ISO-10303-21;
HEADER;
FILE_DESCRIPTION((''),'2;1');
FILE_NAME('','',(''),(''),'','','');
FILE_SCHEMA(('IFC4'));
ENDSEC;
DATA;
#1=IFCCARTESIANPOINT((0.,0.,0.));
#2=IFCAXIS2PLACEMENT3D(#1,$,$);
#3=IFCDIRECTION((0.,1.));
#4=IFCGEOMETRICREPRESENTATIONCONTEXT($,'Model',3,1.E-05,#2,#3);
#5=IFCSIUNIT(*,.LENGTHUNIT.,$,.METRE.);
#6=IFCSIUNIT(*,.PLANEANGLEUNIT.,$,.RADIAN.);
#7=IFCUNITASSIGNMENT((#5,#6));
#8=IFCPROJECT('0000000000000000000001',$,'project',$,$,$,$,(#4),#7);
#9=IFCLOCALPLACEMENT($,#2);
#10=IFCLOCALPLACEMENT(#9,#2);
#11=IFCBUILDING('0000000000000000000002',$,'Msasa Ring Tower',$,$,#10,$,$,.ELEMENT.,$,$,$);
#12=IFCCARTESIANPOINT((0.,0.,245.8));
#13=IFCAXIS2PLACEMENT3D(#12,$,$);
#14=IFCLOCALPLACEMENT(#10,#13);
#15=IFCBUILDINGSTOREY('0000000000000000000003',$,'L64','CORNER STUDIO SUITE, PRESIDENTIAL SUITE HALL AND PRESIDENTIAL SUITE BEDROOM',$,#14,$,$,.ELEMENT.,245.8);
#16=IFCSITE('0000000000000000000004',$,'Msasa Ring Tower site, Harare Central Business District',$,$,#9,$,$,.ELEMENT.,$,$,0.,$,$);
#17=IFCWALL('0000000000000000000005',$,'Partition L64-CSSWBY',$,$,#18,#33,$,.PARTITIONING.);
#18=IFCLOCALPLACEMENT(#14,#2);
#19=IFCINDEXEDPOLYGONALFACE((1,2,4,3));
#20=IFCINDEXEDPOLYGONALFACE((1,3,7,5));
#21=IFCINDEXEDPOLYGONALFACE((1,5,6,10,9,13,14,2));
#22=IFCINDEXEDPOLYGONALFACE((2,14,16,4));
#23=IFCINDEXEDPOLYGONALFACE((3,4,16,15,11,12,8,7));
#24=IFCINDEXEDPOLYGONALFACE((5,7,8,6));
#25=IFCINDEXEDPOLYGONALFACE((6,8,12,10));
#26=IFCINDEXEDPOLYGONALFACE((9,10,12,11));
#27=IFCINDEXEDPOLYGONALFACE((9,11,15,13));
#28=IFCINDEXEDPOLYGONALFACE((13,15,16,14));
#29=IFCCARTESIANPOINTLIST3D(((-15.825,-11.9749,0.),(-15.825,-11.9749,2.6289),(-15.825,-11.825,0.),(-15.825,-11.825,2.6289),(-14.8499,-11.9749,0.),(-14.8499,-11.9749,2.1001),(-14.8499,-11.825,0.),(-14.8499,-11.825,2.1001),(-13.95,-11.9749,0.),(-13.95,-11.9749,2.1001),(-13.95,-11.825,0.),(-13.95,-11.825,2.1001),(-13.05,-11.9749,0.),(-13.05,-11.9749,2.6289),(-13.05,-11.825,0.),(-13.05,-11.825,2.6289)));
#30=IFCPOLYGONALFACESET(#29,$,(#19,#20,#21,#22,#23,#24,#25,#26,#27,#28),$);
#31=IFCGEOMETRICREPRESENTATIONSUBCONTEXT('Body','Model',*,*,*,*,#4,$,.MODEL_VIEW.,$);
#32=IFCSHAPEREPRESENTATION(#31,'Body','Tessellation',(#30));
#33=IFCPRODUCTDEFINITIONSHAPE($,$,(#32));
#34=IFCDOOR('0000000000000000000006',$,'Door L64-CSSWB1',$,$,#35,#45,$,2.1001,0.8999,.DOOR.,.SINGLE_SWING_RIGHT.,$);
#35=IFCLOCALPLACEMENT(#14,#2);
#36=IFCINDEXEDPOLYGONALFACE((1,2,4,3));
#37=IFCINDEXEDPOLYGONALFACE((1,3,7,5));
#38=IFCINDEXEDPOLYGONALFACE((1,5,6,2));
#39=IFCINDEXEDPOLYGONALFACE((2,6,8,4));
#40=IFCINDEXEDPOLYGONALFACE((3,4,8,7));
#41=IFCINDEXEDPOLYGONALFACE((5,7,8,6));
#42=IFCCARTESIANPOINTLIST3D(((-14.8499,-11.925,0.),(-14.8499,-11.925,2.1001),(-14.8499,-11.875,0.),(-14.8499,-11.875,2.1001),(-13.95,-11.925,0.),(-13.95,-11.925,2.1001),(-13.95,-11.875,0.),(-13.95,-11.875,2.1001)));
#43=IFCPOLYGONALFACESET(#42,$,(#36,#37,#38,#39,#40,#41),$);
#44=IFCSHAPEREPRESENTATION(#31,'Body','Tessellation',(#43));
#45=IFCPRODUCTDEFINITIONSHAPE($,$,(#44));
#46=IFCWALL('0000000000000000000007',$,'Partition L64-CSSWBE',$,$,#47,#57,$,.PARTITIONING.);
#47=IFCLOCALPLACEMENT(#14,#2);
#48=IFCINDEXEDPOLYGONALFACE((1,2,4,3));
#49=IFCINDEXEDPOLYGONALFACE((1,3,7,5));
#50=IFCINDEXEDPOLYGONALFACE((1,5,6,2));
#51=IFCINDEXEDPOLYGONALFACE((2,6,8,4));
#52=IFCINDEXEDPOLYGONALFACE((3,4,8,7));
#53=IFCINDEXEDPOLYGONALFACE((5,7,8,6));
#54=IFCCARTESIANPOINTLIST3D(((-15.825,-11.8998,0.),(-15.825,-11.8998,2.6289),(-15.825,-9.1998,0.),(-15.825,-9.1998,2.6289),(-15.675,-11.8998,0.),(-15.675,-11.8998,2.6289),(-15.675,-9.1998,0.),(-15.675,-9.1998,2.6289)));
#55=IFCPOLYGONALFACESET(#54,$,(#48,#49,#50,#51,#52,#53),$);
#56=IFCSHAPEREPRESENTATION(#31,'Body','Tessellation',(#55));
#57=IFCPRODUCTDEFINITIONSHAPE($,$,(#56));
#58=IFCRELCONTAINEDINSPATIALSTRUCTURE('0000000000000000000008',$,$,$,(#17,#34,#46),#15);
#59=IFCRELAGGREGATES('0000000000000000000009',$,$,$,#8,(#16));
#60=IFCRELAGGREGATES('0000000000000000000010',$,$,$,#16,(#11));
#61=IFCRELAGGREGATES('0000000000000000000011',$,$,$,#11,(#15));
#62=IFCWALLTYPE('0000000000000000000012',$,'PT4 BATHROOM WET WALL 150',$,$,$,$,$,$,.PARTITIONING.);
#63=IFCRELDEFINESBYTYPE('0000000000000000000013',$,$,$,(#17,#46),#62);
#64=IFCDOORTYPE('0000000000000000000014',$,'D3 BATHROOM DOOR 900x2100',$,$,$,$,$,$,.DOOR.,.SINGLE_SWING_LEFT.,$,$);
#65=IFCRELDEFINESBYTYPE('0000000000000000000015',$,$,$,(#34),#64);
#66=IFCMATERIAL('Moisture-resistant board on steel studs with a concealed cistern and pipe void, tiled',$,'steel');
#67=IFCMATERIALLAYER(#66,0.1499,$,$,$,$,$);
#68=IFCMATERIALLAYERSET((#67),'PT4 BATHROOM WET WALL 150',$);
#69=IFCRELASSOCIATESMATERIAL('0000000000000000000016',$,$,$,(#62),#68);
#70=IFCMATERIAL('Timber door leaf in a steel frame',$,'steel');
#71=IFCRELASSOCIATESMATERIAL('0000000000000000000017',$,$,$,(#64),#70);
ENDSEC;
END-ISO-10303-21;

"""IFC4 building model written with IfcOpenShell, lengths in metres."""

from ifc_helpers import new_model, si_unit, direction, frame, frame_2d, origin, place, context, subcontext, project, spatial, rectangle, extrude, material, layer, layer_set, type_object, element, fill, save


model = new_model("IFC4")

# Units and contexts
model_context = context("Model", 3, precision=1e-05, world=origin(), true_north=direction((0.0, 1.0)))
body_context = subcontext(model_context, "Body", "Model", "MODEL_VIEW")
ifc_project = project(units=[si_unit("LENGTHUNIT", "METRE"), si_unit("PLANEANGLEUNIT", "RADIAN")], contexts=[model_context])

# Site, building, storey
site_placement = place(None, origin())
site = spatial("IfcSite", under=ifc_project, at=site_placement, Name="Msasa Ring Tower site, Harare Central Business District", CompositionType="ELEMENT", RefElevation=0.0)
building_placement = place(site_placement, origin())
building = spatial("IfcBuilding", under=site, at=building_placement, Name="Msasa Ring Tower", CompositionType="ELEMENT")
storey_placement = place(building_placement, frame((0.0, 0.0, 245.8)))
storey = spatial("IfcBuildingStorey", under=building, at=storey_placement, Name="L64", Description="CORNER STUDIO SUITE, PRESIDENTIAL SUITE HALL AND PRESIDENTIAL SUITE BEDROOM", CompositionType="ELEMENT", Elevation=245.8)

# Wall, opening, door
ifc_material_1 = material(Name="Moisture-resistant board on steel studs with a concealed cistern and pipe void, tiled", Category="steel")
ifc_layer_1 = layer(ifc_material_1, 0.1499)
ifc_layer_set_1 = layer_set([ifc_layer_1], Name="PT4 BATHROOM WET WALL 150")
wall_type_1 = type_object("IfcWallType", Name="PT4 BATHROOM WET WALL 150", PredefinedType="PARTITIONING", material=ifc_layer_set_1)
wall_1_placement = place(storey_placement, frame((-15.825, -11.8999, 0.0), z_axis=(0.0, 0.0, 1.0), x_axis=(1.0, 0.0, 0.0)))
wall_1 = element("IfcWall", 1, at=wall_1_placement, inside=storey, type_object=wall_type_1, Name="Partition L64-CSSWBY", PredefinedType="PARTITIONING", context=body_context, shape_type="SweptSolid", body=[
    extrude(rectangle(XDim=2.7749, YDim=0.1499, at=frame_2d((1.3875, 0.0))), origin(), (0.0, 0.0, 1.0), 2.6289),
])
opening_1_placement = place(wall_1_placement, frame((0.9751, 0.0, 0.0)))
opening_1 = element("IfcOpeningElement", 2, at=opening_1_placement, cuts=wall_1, PredefinedType="OPENING", context=body_context, shape_type="SweptSolid", body=[
    extrude(rectangle(XDim=0.8999, YDim=2.1001, at=frame_2d((0.45, 1.05))), frame((0.0, 0.085, 0.0), z_axis=(0.0, -1.0, 0.0), x_axis=(1.0, 0.0, 0.0)), (0.0, 0.0, 1.0), 0.1699),
])
ifc_material_2 = material(Name="Timber door leaf in a steel frame", Category="steel")
door_type_1 = type_object("IfcDoorType", Name="D3 BATHROOM DOOR 900x2100", OperationType="SINGLE_SWING_LEFT", PredefinedType="DOOR", material=ifc_material_2)
door_1_placement = place(opening_1_placement, origin())
door_1 = element("IfcDoor", 3, at=door_1_placement, inside=storey, type_object=door_type_1, Name="Door L64-CSSWB1", OperationType="SINGLE_SWING_RIGHT", OverallHeight=2.1001, OverallWidth=0.8999, PredefinedType="DOOR", context=body_context, shape_type="SweptSolid", body=[
    extrude(rectangle(XDim=0.8999, YDim=2.1001, at=frame_2d((0.45, 1.05))), frame((0.0, 0.0249, 0.0), z_axis=(0.0, -1.0, 0.0), x_axis=(1.0, 0.0, 0.0)), (0.0, 0.0, 1.0), 0.05),
])
fill(opening_1, door_1)

# Wall
wall_2_placement = place(storey_placement, frame((-15.75, -11.8999, 0.0), z_axis=(0.0, 0.0, 1.0), x_axis=(0.0, 1.0, 0.0)))
element("IfcWall", 4, at=wall_2_placement, inside=storey, type_object=wall_type_1, Name="Partition L64-CSSWBE", PredefinedType="PARTITIONING", context=body_context, shape_type="SweptSolid", body=[
    extrude(rectangle(XDim=2.7, YDim=0.1499, at=frame_2d((1.3501, 0.0))), origin(), (0.0, 0.0, 1.0), 2.6289),
])

save(model, "model.ifc")
